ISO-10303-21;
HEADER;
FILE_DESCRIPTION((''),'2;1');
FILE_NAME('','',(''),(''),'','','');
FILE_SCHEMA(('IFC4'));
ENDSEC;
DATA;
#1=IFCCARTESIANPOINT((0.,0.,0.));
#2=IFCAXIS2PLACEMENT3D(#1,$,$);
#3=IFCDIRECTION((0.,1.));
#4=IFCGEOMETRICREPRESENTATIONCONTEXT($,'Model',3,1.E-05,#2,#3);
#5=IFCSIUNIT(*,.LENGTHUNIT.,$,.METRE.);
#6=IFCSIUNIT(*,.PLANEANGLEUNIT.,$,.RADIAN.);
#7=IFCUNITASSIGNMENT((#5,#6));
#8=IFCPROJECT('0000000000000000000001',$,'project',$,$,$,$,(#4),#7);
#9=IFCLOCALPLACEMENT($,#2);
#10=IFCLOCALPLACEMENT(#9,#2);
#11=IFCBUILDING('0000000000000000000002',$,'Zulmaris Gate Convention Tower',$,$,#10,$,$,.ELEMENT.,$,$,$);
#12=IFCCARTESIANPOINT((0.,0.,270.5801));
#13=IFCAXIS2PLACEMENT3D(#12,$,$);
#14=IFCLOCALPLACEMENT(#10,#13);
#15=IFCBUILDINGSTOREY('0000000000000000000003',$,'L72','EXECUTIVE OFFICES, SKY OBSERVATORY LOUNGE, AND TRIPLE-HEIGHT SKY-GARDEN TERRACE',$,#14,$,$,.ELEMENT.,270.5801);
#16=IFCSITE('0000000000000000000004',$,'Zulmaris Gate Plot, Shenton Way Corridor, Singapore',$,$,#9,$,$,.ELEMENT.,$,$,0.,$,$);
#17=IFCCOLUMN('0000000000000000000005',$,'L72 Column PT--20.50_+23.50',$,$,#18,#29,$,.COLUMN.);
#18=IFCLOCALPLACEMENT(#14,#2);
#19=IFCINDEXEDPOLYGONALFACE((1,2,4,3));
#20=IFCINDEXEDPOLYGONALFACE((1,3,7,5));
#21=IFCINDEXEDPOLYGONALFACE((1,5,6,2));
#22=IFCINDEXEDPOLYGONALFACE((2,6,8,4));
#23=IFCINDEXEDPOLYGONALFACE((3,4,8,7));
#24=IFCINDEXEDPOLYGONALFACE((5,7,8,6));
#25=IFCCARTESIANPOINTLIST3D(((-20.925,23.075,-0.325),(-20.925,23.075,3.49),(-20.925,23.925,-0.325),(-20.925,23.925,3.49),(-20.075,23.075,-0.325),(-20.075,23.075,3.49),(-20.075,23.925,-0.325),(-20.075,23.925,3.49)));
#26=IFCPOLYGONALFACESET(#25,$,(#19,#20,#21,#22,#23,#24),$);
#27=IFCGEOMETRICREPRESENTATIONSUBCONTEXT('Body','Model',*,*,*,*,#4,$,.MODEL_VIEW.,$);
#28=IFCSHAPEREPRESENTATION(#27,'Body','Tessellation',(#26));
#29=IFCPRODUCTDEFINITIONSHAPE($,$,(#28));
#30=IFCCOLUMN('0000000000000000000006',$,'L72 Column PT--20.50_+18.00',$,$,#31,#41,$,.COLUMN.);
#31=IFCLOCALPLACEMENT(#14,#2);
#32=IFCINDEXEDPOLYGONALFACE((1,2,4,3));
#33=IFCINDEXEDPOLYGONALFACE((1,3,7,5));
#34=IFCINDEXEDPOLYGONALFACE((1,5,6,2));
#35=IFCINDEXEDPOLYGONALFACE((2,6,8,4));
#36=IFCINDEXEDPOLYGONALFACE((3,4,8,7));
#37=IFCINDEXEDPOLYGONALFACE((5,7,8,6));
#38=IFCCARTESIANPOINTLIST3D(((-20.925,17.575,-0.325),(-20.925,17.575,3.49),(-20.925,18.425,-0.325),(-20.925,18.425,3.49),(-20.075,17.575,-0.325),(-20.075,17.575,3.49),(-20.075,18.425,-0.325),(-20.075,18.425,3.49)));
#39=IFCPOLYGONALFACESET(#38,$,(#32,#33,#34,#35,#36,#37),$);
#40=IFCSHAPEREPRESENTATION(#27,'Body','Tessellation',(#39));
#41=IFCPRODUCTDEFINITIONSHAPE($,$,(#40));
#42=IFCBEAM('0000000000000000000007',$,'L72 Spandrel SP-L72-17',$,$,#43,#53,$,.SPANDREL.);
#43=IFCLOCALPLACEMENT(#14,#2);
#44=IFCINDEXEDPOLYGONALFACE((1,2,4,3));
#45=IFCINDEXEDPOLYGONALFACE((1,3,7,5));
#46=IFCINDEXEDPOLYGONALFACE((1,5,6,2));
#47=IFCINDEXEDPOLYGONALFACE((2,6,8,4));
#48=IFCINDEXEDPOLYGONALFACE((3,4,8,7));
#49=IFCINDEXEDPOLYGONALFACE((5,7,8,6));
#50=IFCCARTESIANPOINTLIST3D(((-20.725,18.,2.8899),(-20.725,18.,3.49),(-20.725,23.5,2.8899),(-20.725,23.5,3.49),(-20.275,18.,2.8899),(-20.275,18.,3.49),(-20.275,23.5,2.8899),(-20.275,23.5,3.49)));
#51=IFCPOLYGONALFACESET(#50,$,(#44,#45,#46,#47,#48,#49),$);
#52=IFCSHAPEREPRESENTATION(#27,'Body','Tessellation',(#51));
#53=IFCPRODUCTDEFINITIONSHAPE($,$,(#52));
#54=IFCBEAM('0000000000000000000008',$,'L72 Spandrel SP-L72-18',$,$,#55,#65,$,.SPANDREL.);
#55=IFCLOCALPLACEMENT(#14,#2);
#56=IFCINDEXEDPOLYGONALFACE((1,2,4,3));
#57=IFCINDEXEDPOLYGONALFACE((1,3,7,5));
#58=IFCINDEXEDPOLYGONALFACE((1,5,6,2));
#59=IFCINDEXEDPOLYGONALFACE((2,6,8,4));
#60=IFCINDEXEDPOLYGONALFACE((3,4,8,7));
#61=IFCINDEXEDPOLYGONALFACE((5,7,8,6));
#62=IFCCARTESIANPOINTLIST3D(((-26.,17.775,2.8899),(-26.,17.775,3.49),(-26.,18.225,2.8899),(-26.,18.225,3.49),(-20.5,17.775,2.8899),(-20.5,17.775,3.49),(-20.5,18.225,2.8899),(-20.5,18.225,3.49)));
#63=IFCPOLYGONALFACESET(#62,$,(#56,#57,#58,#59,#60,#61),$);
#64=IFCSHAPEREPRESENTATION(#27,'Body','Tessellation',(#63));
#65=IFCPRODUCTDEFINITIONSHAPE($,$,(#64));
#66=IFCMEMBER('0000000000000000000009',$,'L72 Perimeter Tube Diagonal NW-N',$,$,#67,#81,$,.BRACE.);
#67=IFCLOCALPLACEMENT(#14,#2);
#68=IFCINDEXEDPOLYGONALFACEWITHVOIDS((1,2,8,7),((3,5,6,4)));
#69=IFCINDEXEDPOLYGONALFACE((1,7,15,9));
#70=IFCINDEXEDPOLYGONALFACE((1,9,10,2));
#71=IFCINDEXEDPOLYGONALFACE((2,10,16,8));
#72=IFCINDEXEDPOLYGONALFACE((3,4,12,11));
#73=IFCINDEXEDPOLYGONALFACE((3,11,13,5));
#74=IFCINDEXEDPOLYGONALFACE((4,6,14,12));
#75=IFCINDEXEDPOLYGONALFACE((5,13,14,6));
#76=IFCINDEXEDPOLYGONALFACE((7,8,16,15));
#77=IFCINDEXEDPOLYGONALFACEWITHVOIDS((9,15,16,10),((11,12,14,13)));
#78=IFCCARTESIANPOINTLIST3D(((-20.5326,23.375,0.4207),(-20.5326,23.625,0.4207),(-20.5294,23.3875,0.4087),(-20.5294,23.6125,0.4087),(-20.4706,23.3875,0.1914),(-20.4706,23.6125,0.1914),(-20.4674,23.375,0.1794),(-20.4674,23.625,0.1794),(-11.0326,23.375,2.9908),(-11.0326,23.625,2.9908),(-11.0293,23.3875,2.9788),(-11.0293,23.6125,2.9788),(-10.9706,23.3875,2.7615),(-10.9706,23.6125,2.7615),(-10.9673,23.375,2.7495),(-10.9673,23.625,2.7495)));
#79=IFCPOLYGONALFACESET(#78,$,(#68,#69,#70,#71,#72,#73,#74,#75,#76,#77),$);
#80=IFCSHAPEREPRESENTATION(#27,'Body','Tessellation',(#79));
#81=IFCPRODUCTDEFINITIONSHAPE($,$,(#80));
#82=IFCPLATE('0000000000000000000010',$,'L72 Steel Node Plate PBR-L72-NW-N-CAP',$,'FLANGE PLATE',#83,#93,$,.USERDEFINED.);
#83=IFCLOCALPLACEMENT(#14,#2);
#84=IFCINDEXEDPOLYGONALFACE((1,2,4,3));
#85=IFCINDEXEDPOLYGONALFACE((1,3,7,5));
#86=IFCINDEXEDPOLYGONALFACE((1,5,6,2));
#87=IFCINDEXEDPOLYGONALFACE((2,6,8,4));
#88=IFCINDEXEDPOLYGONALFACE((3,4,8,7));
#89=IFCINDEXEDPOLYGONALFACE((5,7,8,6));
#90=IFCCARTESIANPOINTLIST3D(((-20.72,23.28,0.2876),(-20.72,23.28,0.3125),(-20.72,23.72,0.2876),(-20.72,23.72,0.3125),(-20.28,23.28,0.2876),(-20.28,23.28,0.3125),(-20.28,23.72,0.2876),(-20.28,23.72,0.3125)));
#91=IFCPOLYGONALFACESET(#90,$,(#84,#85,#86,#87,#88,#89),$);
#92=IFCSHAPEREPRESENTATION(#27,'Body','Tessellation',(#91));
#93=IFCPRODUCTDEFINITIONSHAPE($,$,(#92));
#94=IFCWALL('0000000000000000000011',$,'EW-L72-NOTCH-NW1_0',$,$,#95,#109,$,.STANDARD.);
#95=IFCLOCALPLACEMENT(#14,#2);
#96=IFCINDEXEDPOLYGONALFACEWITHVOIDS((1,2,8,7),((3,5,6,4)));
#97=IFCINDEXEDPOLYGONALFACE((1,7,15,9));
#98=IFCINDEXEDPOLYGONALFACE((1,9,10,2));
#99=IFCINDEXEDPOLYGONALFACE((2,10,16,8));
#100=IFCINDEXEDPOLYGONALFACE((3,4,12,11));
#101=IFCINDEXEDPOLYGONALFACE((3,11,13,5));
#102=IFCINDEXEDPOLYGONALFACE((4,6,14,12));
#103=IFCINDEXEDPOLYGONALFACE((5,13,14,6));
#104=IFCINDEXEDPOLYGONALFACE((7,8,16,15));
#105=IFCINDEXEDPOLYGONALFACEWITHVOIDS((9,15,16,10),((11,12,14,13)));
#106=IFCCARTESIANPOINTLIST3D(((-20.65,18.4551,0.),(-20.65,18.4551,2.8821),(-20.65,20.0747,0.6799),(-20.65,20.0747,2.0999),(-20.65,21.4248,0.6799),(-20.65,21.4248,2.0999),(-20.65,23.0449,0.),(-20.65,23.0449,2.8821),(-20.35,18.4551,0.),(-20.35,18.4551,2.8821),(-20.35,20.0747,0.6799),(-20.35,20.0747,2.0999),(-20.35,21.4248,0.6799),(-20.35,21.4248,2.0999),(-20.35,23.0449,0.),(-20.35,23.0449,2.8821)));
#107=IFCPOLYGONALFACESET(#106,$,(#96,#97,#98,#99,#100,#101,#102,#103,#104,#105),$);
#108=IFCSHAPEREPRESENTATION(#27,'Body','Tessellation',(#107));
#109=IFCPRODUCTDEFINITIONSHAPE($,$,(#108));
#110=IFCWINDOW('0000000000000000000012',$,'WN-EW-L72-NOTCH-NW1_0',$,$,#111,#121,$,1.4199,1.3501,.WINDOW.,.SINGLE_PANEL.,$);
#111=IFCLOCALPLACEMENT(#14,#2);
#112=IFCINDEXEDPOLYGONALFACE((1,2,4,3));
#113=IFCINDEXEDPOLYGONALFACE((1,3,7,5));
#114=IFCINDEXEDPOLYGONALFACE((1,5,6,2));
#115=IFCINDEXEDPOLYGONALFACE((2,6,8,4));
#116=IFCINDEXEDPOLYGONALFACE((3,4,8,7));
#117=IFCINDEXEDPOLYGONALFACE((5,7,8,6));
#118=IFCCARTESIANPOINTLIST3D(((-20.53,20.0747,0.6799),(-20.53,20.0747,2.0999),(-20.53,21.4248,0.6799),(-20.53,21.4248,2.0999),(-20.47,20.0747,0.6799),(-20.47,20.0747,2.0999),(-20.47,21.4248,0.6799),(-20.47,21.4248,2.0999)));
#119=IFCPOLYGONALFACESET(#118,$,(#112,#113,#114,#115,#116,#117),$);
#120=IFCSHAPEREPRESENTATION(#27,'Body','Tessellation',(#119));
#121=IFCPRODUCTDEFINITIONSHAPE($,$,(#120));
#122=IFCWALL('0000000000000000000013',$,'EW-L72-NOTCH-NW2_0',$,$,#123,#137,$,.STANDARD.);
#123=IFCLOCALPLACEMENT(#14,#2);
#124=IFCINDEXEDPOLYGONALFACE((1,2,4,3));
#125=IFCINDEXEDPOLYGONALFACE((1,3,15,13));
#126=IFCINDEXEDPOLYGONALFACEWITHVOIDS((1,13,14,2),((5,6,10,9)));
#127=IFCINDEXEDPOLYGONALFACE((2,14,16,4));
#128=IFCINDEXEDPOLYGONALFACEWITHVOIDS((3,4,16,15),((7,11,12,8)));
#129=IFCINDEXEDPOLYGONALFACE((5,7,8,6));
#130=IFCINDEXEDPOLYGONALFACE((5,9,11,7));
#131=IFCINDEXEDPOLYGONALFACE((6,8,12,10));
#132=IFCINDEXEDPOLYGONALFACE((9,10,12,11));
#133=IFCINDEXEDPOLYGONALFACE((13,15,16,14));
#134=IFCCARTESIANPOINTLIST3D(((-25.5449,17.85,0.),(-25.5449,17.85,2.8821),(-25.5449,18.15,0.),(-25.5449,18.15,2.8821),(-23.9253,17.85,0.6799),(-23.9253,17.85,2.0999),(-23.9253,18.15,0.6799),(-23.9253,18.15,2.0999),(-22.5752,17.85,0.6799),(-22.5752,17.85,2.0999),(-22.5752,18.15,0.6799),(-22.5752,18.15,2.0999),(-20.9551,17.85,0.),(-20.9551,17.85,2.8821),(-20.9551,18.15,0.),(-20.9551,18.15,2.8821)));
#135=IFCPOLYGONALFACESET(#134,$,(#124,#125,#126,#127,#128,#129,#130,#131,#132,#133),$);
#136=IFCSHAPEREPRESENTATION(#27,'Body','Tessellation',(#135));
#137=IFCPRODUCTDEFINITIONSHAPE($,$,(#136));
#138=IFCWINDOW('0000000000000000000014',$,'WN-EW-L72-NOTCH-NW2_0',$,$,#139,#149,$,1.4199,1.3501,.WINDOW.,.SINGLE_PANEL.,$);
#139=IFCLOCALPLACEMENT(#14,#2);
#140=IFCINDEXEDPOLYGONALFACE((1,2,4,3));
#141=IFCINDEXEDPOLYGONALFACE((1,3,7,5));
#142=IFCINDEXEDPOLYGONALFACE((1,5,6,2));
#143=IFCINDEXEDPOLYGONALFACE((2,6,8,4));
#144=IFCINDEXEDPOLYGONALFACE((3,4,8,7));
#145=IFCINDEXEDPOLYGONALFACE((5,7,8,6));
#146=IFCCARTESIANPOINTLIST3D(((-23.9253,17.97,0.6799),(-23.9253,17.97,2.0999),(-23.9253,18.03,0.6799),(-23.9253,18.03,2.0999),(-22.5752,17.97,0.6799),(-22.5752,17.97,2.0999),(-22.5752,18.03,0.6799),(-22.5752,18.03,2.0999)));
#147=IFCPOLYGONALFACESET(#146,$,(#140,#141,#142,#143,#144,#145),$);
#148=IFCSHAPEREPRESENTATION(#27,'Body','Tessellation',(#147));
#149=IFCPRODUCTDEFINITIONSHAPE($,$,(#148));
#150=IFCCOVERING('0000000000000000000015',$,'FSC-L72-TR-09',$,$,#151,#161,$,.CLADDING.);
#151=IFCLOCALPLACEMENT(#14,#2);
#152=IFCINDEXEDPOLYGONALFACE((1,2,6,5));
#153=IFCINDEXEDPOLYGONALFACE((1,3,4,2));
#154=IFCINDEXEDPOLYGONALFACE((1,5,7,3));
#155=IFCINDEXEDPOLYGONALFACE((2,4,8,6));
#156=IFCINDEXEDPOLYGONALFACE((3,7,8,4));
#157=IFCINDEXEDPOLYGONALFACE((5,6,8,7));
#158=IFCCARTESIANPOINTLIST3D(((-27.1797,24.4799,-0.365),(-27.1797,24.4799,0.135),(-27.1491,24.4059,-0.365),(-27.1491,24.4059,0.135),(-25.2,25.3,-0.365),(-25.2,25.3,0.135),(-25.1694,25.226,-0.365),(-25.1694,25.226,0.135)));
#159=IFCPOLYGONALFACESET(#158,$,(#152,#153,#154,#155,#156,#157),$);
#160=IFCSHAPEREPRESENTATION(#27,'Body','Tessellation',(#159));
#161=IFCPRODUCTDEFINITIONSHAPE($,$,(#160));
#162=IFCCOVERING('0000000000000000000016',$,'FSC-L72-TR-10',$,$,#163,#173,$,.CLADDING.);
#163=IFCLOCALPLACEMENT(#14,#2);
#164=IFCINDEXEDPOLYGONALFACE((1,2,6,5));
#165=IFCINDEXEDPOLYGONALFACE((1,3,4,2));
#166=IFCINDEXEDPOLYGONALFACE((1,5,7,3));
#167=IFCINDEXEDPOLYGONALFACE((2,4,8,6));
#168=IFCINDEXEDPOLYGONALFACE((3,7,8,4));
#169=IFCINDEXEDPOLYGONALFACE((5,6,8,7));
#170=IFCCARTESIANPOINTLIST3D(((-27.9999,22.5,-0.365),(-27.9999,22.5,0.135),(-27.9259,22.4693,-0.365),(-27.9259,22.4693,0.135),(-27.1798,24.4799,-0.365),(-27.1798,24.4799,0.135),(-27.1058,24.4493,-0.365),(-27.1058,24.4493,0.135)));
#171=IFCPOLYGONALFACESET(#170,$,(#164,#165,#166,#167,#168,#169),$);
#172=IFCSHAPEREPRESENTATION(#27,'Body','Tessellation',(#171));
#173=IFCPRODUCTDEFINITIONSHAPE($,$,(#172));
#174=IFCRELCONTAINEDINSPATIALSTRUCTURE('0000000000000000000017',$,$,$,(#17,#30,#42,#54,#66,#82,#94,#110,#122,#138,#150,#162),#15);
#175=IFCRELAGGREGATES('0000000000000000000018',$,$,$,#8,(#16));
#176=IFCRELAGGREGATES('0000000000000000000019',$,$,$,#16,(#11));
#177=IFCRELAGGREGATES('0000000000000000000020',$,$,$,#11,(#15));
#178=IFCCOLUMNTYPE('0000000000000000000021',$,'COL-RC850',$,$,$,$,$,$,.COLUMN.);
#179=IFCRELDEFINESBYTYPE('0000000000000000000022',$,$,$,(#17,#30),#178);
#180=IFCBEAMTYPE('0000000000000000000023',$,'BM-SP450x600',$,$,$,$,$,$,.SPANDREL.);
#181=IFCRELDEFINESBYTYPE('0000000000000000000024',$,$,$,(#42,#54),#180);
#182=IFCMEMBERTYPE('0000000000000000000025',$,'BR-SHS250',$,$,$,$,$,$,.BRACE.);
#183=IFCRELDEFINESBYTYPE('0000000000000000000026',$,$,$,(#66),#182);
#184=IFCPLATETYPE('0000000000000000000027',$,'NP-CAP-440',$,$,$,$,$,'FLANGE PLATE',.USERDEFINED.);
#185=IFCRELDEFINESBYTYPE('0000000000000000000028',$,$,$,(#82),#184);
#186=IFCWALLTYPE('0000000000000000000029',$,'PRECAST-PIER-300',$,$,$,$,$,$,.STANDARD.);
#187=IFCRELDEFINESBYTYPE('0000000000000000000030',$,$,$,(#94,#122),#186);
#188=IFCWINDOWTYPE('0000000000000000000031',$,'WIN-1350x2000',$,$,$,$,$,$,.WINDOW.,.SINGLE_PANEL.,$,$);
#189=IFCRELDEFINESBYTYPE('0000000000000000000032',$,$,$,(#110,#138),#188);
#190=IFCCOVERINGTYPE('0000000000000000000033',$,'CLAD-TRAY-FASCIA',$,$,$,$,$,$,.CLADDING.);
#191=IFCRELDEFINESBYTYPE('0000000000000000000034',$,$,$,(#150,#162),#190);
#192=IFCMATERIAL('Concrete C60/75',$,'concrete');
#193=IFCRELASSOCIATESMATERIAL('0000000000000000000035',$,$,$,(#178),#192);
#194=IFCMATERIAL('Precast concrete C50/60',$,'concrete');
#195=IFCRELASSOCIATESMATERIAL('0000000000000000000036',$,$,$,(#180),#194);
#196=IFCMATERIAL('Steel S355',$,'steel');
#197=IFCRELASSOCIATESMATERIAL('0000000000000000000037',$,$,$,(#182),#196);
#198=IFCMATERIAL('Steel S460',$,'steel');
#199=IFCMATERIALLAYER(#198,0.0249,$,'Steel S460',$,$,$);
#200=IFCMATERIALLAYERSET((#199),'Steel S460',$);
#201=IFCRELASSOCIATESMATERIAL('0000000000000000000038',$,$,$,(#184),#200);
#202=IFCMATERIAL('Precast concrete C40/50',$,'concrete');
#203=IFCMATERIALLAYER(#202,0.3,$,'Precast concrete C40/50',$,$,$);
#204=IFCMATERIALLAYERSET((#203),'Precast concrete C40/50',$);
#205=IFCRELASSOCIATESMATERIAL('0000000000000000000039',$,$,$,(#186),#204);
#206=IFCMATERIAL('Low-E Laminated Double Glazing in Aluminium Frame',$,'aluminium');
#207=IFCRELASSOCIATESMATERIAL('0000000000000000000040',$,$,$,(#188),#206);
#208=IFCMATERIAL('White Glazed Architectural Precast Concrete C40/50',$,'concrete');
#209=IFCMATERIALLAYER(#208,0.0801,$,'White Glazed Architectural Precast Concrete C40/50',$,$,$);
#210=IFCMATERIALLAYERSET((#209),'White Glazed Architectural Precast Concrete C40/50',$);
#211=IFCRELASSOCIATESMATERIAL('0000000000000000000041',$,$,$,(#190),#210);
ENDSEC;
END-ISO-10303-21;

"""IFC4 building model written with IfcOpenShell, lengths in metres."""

from ifc_helpers import new_model, si_unit, direction, frame, frame_2d, origin, origin_2d, place, context, subcontext, project, spatial, rectangle, hollow_rectangle, extrude, material, layer, layer_set, material_profile, profile_set, type_object, element, fill, save


model = new_model("IFC4")

# Units and contexts
model_context = context("Model", 3, precision=1e-05, world=origin(), true_north=direction((0.0, 1.0)))
body_context = subcontext(model_context, "Body", "Model", "MODEL_VIEW")
ifc_project = project(units=[si_unit("LENGTHUNIT", "METRE"), si_unit("PLANEANGLEUNIT", "RADIAN")], contexts=[model_context])

# Site, building, storey
site_placement = place(None, origin())
site = spatial("IfcSite", under=ifc_project, at=site_placement, Name="Zulmaris Gate Plot, Shenton Way Corridor, Singapore", CompositionType="ELEMENT", RefElevation=0.0)
building_placement = place(site_placement, origin())
building = spatial("IfcBuilding", under=site, at=building_placement, Name="Zulmaris Gate Convention Tower", CompositionType="ELEMENT")
storey_placement = place(building_placement, frame((0.0, 0.0, 270.5801)))
storey = spatial("IfcBuildingStorey", under=building, at=storey_placement, Name="L72", Description="EXECUTIVE OFFICES, SKY OBSERVATORY LOUNGE, AND TRIPLE-HEIGHT SKY-GARDEN TERRACE", CompositionType="ELEMENT", Elevation=270.5801)

# Columns
ifc_material_1 = material(Name="Concrete C60/75", Category="concrete")
ifc_material_profile_1 = material_profile(ifc_material_1, rectangle(XDim=0.8501, YDim=0.8501, at=origin_2d()), Name="RC COL 850x850")
ifc_profile_set_1 = profile_set([ifc_material_profile_1], Name="Concrete C60/75")
column_type = type_object("IfcColumnType", Name="COL-RC850", PredefinedType="COLUMN", material=ifc_profile_set_1)
for number, where, z_axis, x_axis, name in (
    (1, (-20.5, 23.5, -0.325), (0.0, 0.0, 1.0), (1.0, 0.0, 0.0), "L72 Column PT--20.50_+23.50"),
    (2, (-20.5, 18.0, -0.325), (0.0, 0.0, 1.0), (1.0, 0.0, 0.0), "L72 Column PT--20.50_+18.00"),
):
    element("IfcColumn", number, at=place(storey_placement, frame(where, z_axis=z_axis, x_axis=x_axis)), inside=storey, type_object=column_type, Name=name, PredefinedType="COLUMN", context=body_context, shape_type="SweptSolid", body=[
        extrude(rectangle(XDim=0.8501, YDim=0.8501, at=origin_2d()), origin(), (0.0, 0.0, 1.0), 3.8149),
    ])

# Beams
ifc_material_2 = material(Name="Precast concrete C50/60", Category="concrete")
ifc_material_profile_2 = material_profile(ifc_material_2, rectangle(XDim=0.45, YDim=0.6001, at=origin_2d()), Name="RC SPANDREL 450x600")
ifc_profile_set_2 = profile_set([ifc_material_profile_2], Name="Precast concrete C50/60")
beam_type = type_object("IfcBeamType", Name="BM-SP450x600", PredefinedType="SPANDREL", material=ifc_profile_set_2)
for number, where, z_axis, x_axis, name in (
    (3, (-20.5, 23.5, 3.1899), (0.0, -1.0, 0.0), (1.0, 0.0, 0.0), "L72 Spandrel SP-L72-17"),
    (4, (-20.5, 18.0, 3.1899), (-1.0, 0.0, 0.0), (0.0, -1.0, 0.0), "L72 Spandrel SP-L72-18"),
):
    element("IfcBeam", number, at=place(storey_placement, frame(where, z_axis=z_axis, x_axis=x_axis)), inside=storey, type_object=beam_type, Name=name, PredefinedType="SPANDREL", context=body_context, shape_type="SweptSolid", body=[
        extrude(rectangle(XDim=0.45, YDim=0.6001, at=origin_2d()), origin(), (0.0, 0.0, 1.0), 5.5),
    ])

# Member
ifc_material_3 = material(Name="Steel S355", Category="steel")
ifc_material_profile_3 = material_profile(ifc_material_3, hollow_rectangle(XDim=0.25, YDim=0.25, WallThickness=0.0125, at=origin_2d()), Name="SHS 250x250x12.5")
ifc_profile_set_3 = profile_set([ifc_material_profile_3], Name="Steel S355")
member_type = type_object("IfcMemberType", Name="BR-SHS250", PredefinedType="BRACE", material=ifc_profile_set_3)
member_placement = place(storey_placement, frame((-20.5, 23.5, 0.3), z_axis=(0.965299, 0.0, 0.261146), x_axis=(0.0, 1.0, 0.0)))
element("IfcMember", 5, at=member_placement, inside=storey, type_object=member_type, Name="L72 Perimeter Tube Diagonal NW-N", PredefinedType="BRACE", context=body_context, shape_type="SweptSolid", body=[
    extrude(hollow_rectangle(XDim=0.25, YDim=0.25, WallThickness=0.0125, at=origin_2d()), origin(), (0.0, 0.0, 1.0), 9.8416),
])

# Plate
ifc_material_4 = material(Name="Steel S460", Category="steel")
ifc_layer_1 = layer(ifc_material_4, 0.0249, Name="Steel S460")
ifc_layer_set_1 = layer_set([ifc_layer_1], Name="Steel S460")
plate_type = type_object("IfcPlateType", Name="NP-CAP-440", ElementType="FLANGE PLATE", PredefinedType="USERDEFINED", material=ifc_layer_set_1)
plate_placement = place(storey_placement, frame((-20.5, 23.5, 0.2876), z_axis=(0.0, 0.0, 1.0), x_axis=(1.0, 0.0, 0.0)))
element("IfcPlate", 6, at=plate_placement, inside=storey, type_object=plate_type, Name="L72 Steel Node Plate PBR-L72-NW-N-CAP", ObjectType="FLANGE PLATE", PredefinedType="USERDEFINED", context=body_context, shape_type="SweptSolid", body=[
    extrude(rectangle(XDim=0.4399, YDim=0.4399, at=origin_2d()), origin(), (0.0, 0.0, 1.0), 0.0249),
])

# Walls, openings, windows
ifc_material_5 = material(Name="Precast concrete C40/50", Category="concrete")
ifc_layer_2 = layer(ifc_material_5, 0.3, Name="Precast concrete C40/50")
ifc_layer_set_2 = layer_set([ifc_layer_2], Name="Precast concrete C40/50")
wall_type = type_object("IfcWallType", Name="PRECAST-PIER-300", PredefinedType="STANDARD", material=ifc_layer_set_2)
wall_1_placement = place(storey_placement, frame((-20.5, 23.0449, 0.0), z_axis=(0.0, 0.0, 1.0), x_axis=(0.0, -1.0, 0.0)))
wall_1 = element("IfcWall", 7, at=wall_1_placement, inside=storey, type_object=wall_type, Name="EW-L72-NOTCH-NW1_0", PredefinedType="STANDARD", context=body_context, shape_type="SweptSolid", body=[
    extrude(rectangle(XDim=4.5898, YDim=0.3, at=frame_2d((2.2949, 0.0))), origin(), (0.0, 0.0, 1.0), 2.8821),
])
opening_1_placement = place(wall_1_placement, frame((1.6201, 0.0, 0.6799)))
opening_1 = element("IfcOpeningElement", 8, at=opening_1_placement, cuts=wall_1, PredefinedType="OPENING", context=body_context, shape_type="SweptSolid", body=[
    extrude(rectangle(XDim=1.3501, YDim=1.4199, at=frame_2d((0.675, 0.71))), frame((0.0, 0.1602, 0.0), z_axis=(0.0, -1.0, 0.0), x_axis=(1.0, 0.0, 0.0)), (0.0, 0.0, 1.0), 0.3201),
])
ifc_material_6 = material(Name="Low-E Laminated Double Glazing in Aluminium Frame", Category="aluminium")
window_type = type_object("IfcWindowType", Name="WIN-1350x2000", PartitioningType="SINGLE_PANEL", PredefinedType="WINDOW", material=ifc_material_6)
window_1_placement = place(opening_1_placement, origin())
window_1 = element("IfcWindow", 9, at=window_1_placement, inside=storey, type_object=window_type, Name="WN-EW-L72-NOTCH-NW1_0", OverallHeight=1.4199, OverallWidth=1.3501, PartitioningType="SINGLE_PANEL", PredefinedType="WINDOW", context=body_context, shape_type="SweptSolid", body=[
    extrude(rectangle(XDim=1.3501, YDim=1.4199, at=frame_2d((0.675, 0.71))), frame((0.0, 0.03, 0.0), z_axis=(0.0, -1.0, 0.0), x_axis=(1.0, 0.0, 0.0)), (0.0, 0.0, 1.0), 0.0601),
])
fill(opening_1, window_1)
wall_2_placement = place(storey_placement, frame((-20.9551, 18.0, 0.0), z_axis=(0.0, 0.0, 1.0), x_axis=(-1.0, 0.0, 0.0)))
wall_2 = element("IfcWall", 10, at=wall_2_placement, inside=storey, type_object=wall_type, Name="EW-L72-NOTCH-NW2_0", PredefinedType="STANDARD", context=body_context, shape_type="SweptSolid", body=[
    extrude(rectangle(XDim=4.5898, YDim=0.3, at=frame_2d((2.2949, 0.0))), origin(), (0.0, 0.0, 1.0), 2.8821),
])
opening_2_placement = place(wall_2_placement, frame((1.6201, 0.0, 0.6799)))
opening_2 = element("IfcOpeningElement", 11, at=opening_2_placement, cuts=wall_2, PredefinedType="OPENING", context=body_context, shape_type="SweptSolid", body=[
    extrude(rectangle(XDim=1.3501, YDim=1.4199, at=frame_2d((0.675, 0.71))), frame((0.0, 0.1602, 0.0), z_axis=(0.0, -1.0, 0.0), x_axis=(1.0, 0.0, 0.0)), (0.0, 0.0, 1.0), 0.3201),
])
window_2_placement = place(opening_2_placement, origin())
window_2 = element("IfcWindow", 12, at=window_2_placement, inside=storey, type_object=window_type, Name="WN-EW-L72-NOTCH-NW2_0", OverallHeight=1.4199, OverallWidth=1.3501, PartitioningType="SINGLE_PANEL", PredefinedType="WINDOW", context=body_context, shape_type="SweptSolid", body=[
    extrude(rectangle(XDim=1.3501, YDim=1.4199, at=frame_2d((0.675, 0.71))), frame((0.0, 0.03, 0.0), z_axis=(0.0, -1.0, 0.0), x_axis=(1.0, 0.0, 0.0)), (0.0, 0.0, 1.0), 0.0601),
])
fill(opening_2, window_2)

# Coverings
ifc_material_7 = material(Name="White Glazed Architectural Precast Concrete C40/50", Category="concrete")
ifc_layer_3 = layer(ifc_material_7, 0.0801, Name="White Glazed Architectural Precast Concrete C40/50")
ifc_layer_set_3 = layer_set([ifc_layer_3], Name="White Glazed Architectural Precast Concrete C40/50")
covering_type = type_object("IfcCoveringType", Name="CLAD-TRAY-FASCIA", PredefinedType="CLADDING", material=ifc_layer_set_3)
covering_1_placement = place(storey_placement, frame((-25.1848, 25.2629, -0.365), z_axis=(0.0, 0.0, 1.0), x_axis=(-0.923874, -0.382697, 0.0)))
element("IfcCovering", 13, at=covering_1_placement, inside=storey, type_object=covering_type, Name="FSC-L72-TR-09", PredefinedType="CLADDING", context=body_context, shape_type="SweptSolid", body=[
    extrude(rectangle(XDim=2.1428, YDim=0.0801, at=frame_2d((1.0713, 0.0))), origin(), (0.0, 0.0, 1.0), 0.5),
])
covering_2_placement = place(storey_placement, frame((-27.1428, 24.4646, -0.365), z_axis=(0.0, 0.0, 1.0), x_axis=(-0.382657, -0.92389, 0.0)))
element("IfcCovering", 14, at=covering_2_placement, inside=storey, type_object=covering_type, Name="FSC-L72-TR-10", PredefinedType="CLADDING", context=body_context, shape_type="SweptSolid", body=[
    extrude(rectangle(XDim=2.1431, YDim=0.0801, at=frame_2d((1.0715, 0.0))), origin(), (0.0, 0.0, 1.0), 0.5),
])

save(model, "model.ifc")
